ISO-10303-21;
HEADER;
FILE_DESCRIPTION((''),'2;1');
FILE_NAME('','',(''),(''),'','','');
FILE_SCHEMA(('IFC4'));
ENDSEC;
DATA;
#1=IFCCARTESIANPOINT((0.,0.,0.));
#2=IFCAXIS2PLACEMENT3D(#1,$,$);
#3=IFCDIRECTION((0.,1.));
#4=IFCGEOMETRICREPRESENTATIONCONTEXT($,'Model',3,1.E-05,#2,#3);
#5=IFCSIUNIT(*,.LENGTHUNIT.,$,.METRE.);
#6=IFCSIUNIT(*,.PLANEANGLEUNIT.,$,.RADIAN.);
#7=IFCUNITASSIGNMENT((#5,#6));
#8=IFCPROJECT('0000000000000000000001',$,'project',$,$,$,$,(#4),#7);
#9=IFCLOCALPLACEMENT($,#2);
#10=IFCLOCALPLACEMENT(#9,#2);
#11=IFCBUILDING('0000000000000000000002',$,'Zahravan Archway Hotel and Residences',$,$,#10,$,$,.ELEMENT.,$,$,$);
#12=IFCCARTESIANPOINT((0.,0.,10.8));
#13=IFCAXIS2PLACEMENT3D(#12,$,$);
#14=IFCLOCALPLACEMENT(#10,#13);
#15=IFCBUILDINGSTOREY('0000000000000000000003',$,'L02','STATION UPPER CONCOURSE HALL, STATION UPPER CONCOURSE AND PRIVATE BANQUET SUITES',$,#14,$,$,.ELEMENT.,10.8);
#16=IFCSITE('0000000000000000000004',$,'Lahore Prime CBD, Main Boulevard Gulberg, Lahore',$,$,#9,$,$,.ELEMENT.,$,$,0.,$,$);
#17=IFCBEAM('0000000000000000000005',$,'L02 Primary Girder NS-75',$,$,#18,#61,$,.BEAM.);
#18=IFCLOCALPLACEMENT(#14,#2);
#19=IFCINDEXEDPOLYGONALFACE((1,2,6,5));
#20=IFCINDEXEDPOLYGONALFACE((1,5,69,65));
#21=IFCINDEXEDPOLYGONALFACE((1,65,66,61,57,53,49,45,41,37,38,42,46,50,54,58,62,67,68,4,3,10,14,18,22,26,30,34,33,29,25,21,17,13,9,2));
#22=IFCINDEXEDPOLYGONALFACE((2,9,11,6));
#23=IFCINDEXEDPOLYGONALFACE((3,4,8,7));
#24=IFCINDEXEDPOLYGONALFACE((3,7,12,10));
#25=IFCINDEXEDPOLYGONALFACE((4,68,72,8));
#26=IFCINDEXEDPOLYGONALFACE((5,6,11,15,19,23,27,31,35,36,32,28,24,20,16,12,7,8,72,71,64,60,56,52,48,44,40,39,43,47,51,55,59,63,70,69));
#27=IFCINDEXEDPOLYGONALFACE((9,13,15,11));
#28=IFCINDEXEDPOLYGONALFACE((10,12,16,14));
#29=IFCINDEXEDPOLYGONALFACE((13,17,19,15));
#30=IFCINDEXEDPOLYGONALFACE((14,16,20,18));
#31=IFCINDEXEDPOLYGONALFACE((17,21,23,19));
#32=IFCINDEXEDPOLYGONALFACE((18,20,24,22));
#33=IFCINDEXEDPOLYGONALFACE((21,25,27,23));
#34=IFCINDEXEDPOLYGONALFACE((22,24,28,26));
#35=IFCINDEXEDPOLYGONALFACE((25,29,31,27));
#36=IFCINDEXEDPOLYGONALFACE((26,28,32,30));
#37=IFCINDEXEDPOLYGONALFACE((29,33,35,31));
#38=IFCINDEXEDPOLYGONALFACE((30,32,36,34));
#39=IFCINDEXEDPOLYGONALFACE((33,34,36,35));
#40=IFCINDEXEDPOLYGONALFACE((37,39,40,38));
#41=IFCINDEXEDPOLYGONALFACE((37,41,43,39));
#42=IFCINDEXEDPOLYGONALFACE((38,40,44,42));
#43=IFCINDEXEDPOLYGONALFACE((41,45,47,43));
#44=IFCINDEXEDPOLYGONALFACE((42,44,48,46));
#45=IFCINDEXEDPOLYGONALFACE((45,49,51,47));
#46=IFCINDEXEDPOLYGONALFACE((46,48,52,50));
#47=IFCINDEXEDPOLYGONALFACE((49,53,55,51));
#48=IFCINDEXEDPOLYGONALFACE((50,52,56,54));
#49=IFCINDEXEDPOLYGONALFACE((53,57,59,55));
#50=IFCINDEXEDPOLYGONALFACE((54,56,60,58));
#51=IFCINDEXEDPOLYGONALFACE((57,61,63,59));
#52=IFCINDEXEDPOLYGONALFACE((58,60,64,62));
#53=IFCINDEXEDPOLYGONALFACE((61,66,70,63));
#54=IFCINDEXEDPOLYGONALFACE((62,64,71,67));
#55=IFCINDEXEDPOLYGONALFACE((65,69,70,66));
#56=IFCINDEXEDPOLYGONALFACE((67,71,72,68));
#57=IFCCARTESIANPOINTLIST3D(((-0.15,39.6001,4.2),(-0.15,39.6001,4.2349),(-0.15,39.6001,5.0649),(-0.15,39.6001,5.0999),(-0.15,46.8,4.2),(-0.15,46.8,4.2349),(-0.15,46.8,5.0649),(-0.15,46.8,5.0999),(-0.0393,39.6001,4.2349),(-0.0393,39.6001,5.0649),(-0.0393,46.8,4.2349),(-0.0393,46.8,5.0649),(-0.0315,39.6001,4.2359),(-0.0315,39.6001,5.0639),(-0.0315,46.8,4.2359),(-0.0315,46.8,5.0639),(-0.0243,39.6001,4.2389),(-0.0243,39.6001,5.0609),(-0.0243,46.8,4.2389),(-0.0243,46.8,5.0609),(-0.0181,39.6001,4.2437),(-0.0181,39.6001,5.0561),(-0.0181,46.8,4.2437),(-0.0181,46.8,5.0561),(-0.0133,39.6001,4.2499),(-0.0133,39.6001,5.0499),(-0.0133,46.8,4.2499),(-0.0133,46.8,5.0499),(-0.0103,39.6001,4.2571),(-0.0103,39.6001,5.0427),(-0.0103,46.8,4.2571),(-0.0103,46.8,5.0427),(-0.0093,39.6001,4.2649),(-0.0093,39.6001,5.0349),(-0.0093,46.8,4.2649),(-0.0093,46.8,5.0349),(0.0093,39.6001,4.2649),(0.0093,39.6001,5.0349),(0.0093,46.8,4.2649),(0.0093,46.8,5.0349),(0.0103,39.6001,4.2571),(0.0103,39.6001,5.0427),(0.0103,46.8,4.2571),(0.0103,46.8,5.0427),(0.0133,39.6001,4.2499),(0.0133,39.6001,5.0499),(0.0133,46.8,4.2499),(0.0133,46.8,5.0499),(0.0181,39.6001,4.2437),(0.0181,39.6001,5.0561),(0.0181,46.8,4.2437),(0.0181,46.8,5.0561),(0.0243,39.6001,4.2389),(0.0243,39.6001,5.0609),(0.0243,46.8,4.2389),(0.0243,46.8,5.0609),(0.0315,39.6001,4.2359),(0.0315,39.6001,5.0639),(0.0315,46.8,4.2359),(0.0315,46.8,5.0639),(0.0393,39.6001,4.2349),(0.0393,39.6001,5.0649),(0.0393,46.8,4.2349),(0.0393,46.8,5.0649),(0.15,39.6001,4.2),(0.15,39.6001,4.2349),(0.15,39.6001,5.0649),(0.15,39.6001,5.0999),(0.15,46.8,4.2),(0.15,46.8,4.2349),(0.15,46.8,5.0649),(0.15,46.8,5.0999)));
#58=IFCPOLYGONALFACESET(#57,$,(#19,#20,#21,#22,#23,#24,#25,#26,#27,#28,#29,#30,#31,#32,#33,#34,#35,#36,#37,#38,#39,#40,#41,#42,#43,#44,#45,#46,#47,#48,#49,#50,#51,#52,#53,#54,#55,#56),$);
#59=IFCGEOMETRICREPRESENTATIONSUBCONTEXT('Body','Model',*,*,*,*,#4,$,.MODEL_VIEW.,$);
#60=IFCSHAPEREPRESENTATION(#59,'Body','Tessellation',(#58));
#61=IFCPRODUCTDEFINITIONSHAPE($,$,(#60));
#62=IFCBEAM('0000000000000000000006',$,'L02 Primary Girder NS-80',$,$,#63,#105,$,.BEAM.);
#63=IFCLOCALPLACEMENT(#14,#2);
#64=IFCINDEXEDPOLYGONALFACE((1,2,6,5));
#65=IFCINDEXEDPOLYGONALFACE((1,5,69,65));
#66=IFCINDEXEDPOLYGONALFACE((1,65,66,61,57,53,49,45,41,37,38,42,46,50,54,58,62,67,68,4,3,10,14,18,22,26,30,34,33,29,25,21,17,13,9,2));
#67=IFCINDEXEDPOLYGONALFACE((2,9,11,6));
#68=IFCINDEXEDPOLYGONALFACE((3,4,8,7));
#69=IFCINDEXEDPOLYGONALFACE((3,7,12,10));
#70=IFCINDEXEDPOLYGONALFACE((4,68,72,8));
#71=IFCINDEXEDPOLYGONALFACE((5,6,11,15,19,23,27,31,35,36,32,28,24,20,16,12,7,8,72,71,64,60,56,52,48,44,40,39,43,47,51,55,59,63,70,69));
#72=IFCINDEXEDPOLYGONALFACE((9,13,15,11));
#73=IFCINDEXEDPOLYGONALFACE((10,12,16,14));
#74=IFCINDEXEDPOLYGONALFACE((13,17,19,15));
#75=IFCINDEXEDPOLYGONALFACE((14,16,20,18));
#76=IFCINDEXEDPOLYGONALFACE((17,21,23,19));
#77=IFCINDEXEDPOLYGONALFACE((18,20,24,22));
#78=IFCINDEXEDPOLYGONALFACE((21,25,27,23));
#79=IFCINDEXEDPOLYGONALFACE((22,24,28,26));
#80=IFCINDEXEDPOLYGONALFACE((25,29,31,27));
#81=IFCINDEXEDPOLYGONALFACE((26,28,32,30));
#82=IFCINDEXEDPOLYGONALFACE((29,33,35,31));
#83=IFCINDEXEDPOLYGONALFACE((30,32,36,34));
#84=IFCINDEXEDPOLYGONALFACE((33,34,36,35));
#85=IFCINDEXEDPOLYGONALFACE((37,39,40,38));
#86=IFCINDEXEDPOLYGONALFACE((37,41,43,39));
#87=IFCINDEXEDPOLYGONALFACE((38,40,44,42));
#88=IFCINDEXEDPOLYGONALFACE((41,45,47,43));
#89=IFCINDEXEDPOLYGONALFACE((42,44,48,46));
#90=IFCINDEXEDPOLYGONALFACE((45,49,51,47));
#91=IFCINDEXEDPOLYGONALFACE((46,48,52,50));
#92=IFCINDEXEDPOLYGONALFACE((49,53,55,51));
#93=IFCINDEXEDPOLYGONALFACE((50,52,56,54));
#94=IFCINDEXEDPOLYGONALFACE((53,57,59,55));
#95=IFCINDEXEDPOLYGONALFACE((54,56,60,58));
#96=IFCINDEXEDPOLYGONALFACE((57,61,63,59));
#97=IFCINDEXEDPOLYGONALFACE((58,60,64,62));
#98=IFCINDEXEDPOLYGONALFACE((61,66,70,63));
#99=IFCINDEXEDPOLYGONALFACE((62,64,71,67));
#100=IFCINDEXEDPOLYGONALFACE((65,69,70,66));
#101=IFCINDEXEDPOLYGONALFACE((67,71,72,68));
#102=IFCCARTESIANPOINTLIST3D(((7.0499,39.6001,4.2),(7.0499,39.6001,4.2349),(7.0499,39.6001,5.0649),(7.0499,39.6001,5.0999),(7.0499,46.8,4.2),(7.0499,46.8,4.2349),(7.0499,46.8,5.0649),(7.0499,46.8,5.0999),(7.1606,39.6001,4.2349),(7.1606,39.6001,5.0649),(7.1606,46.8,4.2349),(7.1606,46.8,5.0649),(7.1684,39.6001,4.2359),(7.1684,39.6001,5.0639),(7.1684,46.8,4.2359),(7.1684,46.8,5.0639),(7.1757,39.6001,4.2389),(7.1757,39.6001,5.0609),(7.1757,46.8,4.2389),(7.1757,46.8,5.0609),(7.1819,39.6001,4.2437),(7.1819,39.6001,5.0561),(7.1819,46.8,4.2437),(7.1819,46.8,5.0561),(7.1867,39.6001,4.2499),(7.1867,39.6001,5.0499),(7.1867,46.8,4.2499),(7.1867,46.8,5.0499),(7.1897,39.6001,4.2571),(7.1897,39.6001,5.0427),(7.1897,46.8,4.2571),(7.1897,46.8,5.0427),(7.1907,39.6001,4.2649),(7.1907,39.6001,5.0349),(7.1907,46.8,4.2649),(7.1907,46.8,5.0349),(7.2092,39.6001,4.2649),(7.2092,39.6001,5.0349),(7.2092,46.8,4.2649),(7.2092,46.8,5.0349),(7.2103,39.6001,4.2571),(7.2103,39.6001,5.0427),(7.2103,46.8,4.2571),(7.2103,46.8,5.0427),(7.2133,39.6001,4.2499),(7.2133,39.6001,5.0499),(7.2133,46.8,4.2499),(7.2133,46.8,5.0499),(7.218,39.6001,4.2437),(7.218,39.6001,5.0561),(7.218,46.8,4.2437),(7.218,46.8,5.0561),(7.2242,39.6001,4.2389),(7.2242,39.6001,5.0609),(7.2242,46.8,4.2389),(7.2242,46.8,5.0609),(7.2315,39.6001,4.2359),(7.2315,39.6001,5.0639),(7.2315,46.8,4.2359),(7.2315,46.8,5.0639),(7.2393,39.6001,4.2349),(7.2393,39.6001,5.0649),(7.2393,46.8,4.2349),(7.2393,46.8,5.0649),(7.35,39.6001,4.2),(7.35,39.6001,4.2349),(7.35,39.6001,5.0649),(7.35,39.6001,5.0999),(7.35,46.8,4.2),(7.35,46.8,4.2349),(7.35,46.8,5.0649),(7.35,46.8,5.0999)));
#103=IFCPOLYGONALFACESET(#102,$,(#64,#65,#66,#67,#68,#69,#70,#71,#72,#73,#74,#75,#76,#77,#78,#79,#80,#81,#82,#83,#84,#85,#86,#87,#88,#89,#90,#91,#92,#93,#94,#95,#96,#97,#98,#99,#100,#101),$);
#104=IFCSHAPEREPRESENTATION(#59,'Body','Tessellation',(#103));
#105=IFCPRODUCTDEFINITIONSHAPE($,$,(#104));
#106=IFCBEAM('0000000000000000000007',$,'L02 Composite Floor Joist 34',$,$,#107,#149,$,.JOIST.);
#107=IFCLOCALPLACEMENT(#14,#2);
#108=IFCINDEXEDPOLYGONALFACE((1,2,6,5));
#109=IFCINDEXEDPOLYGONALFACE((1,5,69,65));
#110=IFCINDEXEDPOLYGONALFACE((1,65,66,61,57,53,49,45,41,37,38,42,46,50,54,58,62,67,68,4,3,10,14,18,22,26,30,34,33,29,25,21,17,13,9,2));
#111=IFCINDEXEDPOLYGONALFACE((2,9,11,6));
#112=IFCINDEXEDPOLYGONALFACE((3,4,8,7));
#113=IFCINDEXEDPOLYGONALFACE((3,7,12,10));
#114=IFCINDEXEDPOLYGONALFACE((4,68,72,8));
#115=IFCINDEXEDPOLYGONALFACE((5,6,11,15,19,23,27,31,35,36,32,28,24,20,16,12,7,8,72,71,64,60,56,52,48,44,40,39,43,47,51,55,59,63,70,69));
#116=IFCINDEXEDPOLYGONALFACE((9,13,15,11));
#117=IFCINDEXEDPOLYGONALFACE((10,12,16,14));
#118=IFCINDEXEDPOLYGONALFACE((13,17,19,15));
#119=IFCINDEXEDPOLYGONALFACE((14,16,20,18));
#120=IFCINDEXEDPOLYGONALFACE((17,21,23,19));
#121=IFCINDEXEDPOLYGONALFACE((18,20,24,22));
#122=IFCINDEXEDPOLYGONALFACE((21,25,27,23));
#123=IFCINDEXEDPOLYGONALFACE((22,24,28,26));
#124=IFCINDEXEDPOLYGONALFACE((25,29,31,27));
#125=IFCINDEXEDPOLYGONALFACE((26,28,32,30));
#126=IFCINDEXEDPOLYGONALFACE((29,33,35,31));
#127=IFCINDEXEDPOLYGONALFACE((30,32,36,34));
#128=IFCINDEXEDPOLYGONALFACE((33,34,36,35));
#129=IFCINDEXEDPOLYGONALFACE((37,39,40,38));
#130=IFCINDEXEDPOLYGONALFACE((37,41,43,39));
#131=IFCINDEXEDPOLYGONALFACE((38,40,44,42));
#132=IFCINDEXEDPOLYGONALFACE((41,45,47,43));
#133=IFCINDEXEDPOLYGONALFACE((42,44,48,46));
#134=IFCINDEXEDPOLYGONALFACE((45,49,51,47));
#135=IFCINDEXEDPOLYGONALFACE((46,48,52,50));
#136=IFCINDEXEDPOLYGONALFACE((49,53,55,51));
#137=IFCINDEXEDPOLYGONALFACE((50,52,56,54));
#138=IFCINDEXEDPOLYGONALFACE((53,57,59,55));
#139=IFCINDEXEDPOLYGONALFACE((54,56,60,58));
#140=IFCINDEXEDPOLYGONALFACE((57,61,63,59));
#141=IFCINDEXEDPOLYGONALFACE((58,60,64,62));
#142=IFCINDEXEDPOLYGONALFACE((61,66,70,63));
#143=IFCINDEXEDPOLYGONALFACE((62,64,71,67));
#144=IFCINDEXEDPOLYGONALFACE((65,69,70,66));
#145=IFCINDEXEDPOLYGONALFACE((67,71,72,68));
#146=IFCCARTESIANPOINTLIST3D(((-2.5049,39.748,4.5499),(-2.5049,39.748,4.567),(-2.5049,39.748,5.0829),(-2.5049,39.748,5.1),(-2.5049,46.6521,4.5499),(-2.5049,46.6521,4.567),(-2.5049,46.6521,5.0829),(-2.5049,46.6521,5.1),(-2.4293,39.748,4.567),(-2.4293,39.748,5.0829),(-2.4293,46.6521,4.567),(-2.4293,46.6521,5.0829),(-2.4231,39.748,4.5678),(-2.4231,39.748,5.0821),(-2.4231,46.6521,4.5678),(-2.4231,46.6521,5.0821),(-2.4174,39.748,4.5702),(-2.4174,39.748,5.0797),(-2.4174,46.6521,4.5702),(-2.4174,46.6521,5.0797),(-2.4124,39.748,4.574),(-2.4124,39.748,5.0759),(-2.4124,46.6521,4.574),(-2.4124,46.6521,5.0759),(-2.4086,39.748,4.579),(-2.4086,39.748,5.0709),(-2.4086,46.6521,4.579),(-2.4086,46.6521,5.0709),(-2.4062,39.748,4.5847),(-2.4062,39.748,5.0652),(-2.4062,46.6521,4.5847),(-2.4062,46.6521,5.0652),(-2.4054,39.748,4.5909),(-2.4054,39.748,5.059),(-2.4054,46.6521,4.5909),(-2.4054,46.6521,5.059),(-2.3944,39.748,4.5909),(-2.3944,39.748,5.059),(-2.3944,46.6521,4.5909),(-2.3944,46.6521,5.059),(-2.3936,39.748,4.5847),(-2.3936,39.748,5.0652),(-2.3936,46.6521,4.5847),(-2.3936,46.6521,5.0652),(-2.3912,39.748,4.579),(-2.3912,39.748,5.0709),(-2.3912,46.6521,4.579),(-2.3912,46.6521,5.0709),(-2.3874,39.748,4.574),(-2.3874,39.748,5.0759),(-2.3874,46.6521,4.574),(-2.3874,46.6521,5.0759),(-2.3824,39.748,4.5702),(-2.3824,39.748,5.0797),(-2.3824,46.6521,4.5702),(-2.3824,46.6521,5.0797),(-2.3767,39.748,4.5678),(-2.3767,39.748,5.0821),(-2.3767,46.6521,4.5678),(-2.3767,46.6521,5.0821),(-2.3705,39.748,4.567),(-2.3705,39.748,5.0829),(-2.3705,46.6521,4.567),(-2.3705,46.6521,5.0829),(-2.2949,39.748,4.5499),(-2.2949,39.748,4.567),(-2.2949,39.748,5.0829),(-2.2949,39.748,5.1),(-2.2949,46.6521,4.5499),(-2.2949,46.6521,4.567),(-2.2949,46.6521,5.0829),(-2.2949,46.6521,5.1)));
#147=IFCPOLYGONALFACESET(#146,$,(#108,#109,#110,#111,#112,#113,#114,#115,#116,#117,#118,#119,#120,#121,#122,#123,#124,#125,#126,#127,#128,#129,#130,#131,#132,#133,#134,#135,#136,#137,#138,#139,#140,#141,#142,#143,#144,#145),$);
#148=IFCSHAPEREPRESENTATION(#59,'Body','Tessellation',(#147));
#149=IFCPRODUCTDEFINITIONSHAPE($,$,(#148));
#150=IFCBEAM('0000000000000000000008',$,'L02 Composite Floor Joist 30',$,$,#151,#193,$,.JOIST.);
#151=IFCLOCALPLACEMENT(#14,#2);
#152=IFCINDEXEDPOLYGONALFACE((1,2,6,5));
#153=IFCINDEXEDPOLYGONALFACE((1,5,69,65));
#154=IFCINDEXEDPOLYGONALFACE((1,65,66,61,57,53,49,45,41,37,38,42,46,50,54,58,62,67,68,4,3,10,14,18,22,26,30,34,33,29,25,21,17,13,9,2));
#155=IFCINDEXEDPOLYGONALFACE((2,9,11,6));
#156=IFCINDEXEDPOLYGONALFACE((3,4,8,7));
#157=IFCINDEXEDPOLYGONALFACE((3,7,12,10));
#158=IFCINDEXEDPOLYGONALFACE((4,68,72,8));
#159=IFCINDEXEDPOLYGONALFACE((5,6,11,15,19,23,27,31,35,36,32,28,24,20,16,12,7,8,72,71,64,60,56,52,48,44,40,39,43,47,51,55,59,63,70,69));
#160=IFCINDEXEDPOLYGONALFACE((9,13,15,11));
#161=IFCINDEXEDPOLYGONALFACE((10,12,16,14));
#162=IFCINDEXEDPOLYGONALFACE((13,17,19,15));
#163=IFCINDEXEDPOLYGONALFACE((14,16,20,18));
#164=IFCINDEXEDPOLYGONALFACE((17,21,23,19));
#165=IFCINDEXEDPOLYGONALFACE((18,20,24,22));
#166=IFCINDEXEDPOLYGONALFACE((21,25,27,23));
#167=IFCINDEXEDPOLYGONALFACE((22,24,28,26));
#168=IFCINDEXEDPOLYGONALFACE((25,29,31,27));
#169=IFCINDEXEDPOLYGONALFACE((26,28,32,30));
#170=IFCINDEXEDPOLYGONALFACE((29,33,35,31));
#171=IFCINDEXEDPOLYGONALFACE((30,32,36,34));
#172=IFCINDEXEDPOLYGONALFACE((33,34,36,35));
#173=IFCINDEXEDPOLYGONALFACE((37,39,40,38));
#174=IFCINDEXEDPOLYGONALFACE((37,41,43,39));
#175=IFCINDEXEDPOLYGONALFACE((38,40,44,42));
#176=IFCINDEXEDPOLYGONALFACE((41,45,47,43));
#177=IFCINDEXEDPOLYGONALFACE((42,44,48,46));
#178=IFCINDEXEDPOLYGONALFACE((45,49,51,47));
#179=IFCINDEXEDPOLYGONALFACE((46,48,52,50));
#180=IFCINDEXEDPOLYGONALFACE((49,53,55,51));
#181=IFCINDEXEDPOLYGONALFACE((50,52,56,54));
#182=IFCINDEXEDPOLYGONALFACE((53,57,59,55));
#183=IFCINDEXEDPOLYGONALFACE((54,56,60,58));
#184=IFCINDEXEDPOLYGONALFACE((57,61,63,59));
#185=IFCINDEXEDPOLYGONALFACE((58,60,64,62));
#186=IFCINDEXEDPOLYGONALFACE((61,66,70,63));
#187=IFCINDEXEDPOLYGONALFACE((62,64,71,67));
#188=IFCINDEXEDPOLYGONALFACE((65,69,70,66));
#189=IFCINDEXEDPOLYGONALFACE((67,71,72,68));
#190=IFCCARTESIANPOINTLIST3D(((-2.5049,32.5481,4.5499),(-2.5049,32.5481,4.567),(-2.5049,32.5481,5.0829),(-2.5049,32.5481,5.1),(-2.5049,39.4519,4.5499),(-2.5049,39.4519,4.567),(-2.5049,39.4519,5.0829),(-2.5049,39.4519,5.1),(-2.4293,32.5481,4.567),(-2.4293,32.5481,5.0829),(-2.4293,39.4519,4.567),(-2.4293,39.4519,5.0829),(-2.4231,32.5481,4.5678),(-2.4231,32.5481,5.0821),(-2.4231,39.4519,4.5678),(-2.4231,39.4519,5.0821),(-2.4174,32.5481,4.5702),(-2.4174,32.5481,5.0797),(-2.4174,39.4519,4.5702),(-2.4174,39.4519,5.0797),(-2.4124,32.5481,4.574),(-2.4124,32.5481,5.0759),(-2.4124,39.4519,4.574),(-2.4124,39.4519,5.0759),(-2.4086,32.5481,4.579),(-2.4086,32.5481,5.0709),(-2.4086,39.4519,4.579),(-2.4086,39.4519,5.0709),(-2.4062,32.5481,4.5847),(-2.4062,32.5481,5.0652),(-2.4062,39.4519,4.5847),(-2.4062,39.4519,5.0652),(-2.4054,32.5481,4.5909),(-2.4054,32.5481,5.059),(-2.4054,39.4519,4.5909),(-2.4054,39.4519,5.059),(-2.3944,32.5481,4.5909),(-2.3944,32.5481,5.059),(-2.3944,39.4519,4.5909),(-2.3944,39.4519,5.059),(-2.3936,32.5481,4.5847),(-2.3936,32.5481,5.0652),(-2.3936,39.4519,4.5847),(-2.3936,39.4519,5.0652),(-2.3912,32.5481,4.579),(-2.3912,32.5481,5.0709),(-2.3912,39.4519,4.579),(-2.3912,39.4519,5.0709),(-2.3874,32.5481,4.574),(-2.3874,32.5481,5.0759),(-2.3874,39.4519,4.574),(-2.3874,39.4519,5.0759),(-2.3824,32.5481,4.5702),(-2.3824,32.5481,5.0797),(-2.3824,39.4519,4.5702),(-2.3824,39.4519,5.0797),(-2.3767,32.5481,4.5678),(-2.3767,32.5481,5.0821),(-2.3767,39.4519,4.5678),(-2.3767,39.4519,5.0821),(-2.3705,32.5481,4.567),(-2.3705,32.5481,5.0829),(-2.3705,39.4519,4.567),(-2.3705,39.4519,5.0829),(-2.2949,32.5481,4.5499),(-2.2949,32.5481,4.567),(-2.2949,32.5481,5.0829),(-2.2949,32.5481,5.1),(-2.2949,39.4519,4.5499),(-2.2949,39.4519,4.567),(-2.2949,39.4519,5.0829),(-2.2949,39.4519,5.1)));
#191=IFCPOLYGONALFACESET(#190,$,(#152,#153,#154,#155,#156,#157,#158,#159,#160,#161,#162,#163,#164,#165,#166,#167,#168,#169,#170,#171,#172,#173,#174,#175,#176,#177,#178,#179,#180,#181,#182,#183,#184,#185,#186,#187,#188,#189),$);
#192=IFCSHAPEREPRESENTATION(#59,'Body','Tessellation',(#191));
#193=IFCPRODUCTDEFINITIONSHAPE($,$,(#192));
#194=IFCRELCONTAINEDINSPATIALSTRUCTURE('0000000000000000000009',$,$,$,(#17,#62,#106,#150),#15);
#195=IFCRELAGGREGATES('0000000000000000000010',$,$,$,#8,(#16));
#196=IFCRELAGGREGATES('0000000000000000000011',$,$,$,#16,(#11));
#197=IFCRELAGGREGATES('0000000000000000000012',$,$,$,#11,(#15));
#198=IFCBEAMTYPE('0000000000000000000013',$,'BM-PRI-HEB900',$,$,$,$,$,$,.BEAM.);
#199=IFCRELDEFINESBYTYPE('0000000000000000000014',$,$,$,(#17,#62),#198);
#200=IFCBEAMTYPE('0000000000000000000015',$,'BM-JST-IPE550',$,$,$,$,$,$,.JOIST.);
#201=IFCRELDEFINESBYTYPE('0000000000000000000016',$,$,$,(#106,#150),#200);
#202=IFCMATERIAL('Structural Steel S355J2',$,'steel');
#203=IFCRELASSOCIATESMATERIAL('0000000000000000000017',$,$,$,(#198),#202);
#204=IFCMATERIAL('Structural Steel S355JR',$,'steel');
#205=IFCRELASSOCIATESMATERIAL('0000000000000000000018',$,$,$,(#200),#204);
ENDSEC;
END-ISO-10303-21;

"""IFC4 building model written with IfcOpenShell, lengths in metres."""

from ifc_helpers import new_model, si_unit, direction, frame, origin, origin_2d, place, context, subcontext, project, spatial, i_section, extrude, source, transform, mapped, material, material_profile, profile_set, type_object, type_shapes, element, save


model = new_model("IFC4")

# Units and contexts
model_context = context("Model", 3, precision=1e-05, world=origin(), true_north=direction((0.0, 1.0)))
body_context = subcontext(model_context, "Body", "Model", "MODEL_VIEW")
ifc_project = project(units=[si_unit("LENGTHUNIT", "METRE"), si_unit("PLANEANGLEUNIT", "RADIAN")], contexts=[model_context])

# Site, building, storey
site_placement = place(None, origin())
site = spatial("IfcSite", under=ifc_project, at=site_placement, Name="Lahore Prime CBD, Main Boulevard Gulberg, Lahore", CompositionType="ELEMENT", RefElevation=0.0)
building_placement = place(site_placement, origin())
building = spatial("IfcBuilding", under=site, at=building_placement, Name="Zahravan Archway Hotel and Residences", CompositionType="ELEMENT")
storey_placement = place(building_placement, frame((0.0, 0.0, 10.8)))
storey = spatial("IfcBuildingStorey", under=building, at=storey_placement, Name="L02", Description="STATION UPPER CONCOURSE HALL, STATION UPPER CONCOURSE AND PRIVATE BANQUET SUITES", CompositionType="ELEMENT", Elevation=10.8)

# Beams
ifc_material_1 = material(Name="Structural Steel S355J2", Category="steel")
ifc_material_profile_1 = material_profile(ifc_material_1, i_section(OverallWidth=0.3, OverallDepth=0.8999, WebThickness=0.0186, FlangeThickness=0.0349, FilletRadius=0.03, at=origin_2d()), Name="HEB 900", Category="steel")
ifc_profile_set_1 = profile_set([ifc_material_profile_1], Name="Structural Steel S355J2")
beam_type_1 = type_object("IfcBeamType", Name="BM-PRI-HEB900", PredefinedType="BEAM", material=ifc_profile_set_1)
shared_shape_1 = source(origin(), body_context, "Body", "SweptSolid", [
    extrude(i_section(OverallWidth=0.3, OverallDepth=0.8999, WebThickness=0.0186, FlangeThickness=0.0349, FilletRadius=0.03, at=origin_2d()), origin(), (0.0, 0.0, 1.0), 7.2),
])
for number, where, z_axis, x_axis, name in (
    (1, (0.0, 39.6001, 4.6499), (0.0, 1.0, 0.0), (-1.0, 0.0, 0.0), "L02 Primary Girder NS-75"),
    (2, (7.2, 39.6001, 4.6499), (0.0, 1.0, 0.0), (-1.0, 0.0, 0.0), "L02 Primary Girder NS-80"),
):
    element("IfcBeam", number, at=place(storey_placement, frame(where, z_axis=z_axis, x_axis=x_axis)), inside=storey, type_object=beam_type_1, Name=name, PredefinedType="BEAM", context=body_context, shape_type="MappedRepresentation", body=[
        mapped(shared_shape_1, transform((0.0, 0.0, 0.0), scale=1.0)),
    ])
ifc_material_2 = material(Name="Structural Steel S355JR", Category="steel")
ifc_material_profile_2 = material_profile(ifc_material_2, i_section(OverallWidth=0.21, OverallDepth=0.55, WebThickness=0.011, FlangeThickness=0.0171, FilletRadius=0.0239, at=origin_2d()), Name="IPE 550", Category="steel")
ifc_profile_set_2 = profile_set([ifc_material_profile_2], Name="Structural Steel S355JR")
beam_type_2 = type_object("IfcBeamType", Name="BM-JST-IPE550", PredefinedType="JOIST", material=ifc_profile_set_2)
shared_shape_2 = source(origin(), body_context, "Body", "SweptSolid", [
    extrude(i_section(OverallWidth=0.21, OverallDepth=0.55, WebThickness=0.011, FlangeThickness=0.0171, FilletRadius=0.0239, at=origin_2d()), origin(), (0.0, 0.0, 1.0), 6.9041),
])
type_shapes(beam_type_2, [shared_shape_2])
beam_1_placement = place(storey_placement, frame((-2.3999, 39.748, 4.825), z_axis=(0.0, 1.0, 0.0), x_axis=(-1.0, 0.0, 0.0)))
element("IfcBeam", 3, at=beam_1_placement, inside=storey, type_object=beam_type_2, Name="L02 Composite Floor Joist 34", PredefinedType="JOIST", context=body_context, shape_type="MappedRepresentation", body=[
    mapped(shared_shape_2, transform((0.0, 0.0, 0.0), scale=1.0)),
])
shared_shape_3 = source(origin(), body_context, "Body", "SweptSolid", [
    extrude(i_section(OverallWidth=0.21, OverallDepth=0.55, WebThickness=0.011, FlangeThickness=0.0171, FilletRadius=0.0239, at=origin_2d()), origin(), (0.0, 0.0, 1.0), 6.9038),
])
beam_2_placement = place(storey_placement, frame((-2.3999, 32.5481, 4.825), z_axis=(0.0, 1.0, 0.0), x_axis=(-1.0, 0.0, 0.0)))
element("IfcBeam", 4, at=beam_2_placement, inside=storey, type_object=beam_type_2, Name="L02 Composite Floor Joist 30", PredefinedType="JOIST", context=body_context, shape_type="MappedRepresentation", body=[
    mapped(shared_shape_3, transform((0.0, 0.0, 0.0), scale=1.0)),
])

save(model, "model.ifc")
